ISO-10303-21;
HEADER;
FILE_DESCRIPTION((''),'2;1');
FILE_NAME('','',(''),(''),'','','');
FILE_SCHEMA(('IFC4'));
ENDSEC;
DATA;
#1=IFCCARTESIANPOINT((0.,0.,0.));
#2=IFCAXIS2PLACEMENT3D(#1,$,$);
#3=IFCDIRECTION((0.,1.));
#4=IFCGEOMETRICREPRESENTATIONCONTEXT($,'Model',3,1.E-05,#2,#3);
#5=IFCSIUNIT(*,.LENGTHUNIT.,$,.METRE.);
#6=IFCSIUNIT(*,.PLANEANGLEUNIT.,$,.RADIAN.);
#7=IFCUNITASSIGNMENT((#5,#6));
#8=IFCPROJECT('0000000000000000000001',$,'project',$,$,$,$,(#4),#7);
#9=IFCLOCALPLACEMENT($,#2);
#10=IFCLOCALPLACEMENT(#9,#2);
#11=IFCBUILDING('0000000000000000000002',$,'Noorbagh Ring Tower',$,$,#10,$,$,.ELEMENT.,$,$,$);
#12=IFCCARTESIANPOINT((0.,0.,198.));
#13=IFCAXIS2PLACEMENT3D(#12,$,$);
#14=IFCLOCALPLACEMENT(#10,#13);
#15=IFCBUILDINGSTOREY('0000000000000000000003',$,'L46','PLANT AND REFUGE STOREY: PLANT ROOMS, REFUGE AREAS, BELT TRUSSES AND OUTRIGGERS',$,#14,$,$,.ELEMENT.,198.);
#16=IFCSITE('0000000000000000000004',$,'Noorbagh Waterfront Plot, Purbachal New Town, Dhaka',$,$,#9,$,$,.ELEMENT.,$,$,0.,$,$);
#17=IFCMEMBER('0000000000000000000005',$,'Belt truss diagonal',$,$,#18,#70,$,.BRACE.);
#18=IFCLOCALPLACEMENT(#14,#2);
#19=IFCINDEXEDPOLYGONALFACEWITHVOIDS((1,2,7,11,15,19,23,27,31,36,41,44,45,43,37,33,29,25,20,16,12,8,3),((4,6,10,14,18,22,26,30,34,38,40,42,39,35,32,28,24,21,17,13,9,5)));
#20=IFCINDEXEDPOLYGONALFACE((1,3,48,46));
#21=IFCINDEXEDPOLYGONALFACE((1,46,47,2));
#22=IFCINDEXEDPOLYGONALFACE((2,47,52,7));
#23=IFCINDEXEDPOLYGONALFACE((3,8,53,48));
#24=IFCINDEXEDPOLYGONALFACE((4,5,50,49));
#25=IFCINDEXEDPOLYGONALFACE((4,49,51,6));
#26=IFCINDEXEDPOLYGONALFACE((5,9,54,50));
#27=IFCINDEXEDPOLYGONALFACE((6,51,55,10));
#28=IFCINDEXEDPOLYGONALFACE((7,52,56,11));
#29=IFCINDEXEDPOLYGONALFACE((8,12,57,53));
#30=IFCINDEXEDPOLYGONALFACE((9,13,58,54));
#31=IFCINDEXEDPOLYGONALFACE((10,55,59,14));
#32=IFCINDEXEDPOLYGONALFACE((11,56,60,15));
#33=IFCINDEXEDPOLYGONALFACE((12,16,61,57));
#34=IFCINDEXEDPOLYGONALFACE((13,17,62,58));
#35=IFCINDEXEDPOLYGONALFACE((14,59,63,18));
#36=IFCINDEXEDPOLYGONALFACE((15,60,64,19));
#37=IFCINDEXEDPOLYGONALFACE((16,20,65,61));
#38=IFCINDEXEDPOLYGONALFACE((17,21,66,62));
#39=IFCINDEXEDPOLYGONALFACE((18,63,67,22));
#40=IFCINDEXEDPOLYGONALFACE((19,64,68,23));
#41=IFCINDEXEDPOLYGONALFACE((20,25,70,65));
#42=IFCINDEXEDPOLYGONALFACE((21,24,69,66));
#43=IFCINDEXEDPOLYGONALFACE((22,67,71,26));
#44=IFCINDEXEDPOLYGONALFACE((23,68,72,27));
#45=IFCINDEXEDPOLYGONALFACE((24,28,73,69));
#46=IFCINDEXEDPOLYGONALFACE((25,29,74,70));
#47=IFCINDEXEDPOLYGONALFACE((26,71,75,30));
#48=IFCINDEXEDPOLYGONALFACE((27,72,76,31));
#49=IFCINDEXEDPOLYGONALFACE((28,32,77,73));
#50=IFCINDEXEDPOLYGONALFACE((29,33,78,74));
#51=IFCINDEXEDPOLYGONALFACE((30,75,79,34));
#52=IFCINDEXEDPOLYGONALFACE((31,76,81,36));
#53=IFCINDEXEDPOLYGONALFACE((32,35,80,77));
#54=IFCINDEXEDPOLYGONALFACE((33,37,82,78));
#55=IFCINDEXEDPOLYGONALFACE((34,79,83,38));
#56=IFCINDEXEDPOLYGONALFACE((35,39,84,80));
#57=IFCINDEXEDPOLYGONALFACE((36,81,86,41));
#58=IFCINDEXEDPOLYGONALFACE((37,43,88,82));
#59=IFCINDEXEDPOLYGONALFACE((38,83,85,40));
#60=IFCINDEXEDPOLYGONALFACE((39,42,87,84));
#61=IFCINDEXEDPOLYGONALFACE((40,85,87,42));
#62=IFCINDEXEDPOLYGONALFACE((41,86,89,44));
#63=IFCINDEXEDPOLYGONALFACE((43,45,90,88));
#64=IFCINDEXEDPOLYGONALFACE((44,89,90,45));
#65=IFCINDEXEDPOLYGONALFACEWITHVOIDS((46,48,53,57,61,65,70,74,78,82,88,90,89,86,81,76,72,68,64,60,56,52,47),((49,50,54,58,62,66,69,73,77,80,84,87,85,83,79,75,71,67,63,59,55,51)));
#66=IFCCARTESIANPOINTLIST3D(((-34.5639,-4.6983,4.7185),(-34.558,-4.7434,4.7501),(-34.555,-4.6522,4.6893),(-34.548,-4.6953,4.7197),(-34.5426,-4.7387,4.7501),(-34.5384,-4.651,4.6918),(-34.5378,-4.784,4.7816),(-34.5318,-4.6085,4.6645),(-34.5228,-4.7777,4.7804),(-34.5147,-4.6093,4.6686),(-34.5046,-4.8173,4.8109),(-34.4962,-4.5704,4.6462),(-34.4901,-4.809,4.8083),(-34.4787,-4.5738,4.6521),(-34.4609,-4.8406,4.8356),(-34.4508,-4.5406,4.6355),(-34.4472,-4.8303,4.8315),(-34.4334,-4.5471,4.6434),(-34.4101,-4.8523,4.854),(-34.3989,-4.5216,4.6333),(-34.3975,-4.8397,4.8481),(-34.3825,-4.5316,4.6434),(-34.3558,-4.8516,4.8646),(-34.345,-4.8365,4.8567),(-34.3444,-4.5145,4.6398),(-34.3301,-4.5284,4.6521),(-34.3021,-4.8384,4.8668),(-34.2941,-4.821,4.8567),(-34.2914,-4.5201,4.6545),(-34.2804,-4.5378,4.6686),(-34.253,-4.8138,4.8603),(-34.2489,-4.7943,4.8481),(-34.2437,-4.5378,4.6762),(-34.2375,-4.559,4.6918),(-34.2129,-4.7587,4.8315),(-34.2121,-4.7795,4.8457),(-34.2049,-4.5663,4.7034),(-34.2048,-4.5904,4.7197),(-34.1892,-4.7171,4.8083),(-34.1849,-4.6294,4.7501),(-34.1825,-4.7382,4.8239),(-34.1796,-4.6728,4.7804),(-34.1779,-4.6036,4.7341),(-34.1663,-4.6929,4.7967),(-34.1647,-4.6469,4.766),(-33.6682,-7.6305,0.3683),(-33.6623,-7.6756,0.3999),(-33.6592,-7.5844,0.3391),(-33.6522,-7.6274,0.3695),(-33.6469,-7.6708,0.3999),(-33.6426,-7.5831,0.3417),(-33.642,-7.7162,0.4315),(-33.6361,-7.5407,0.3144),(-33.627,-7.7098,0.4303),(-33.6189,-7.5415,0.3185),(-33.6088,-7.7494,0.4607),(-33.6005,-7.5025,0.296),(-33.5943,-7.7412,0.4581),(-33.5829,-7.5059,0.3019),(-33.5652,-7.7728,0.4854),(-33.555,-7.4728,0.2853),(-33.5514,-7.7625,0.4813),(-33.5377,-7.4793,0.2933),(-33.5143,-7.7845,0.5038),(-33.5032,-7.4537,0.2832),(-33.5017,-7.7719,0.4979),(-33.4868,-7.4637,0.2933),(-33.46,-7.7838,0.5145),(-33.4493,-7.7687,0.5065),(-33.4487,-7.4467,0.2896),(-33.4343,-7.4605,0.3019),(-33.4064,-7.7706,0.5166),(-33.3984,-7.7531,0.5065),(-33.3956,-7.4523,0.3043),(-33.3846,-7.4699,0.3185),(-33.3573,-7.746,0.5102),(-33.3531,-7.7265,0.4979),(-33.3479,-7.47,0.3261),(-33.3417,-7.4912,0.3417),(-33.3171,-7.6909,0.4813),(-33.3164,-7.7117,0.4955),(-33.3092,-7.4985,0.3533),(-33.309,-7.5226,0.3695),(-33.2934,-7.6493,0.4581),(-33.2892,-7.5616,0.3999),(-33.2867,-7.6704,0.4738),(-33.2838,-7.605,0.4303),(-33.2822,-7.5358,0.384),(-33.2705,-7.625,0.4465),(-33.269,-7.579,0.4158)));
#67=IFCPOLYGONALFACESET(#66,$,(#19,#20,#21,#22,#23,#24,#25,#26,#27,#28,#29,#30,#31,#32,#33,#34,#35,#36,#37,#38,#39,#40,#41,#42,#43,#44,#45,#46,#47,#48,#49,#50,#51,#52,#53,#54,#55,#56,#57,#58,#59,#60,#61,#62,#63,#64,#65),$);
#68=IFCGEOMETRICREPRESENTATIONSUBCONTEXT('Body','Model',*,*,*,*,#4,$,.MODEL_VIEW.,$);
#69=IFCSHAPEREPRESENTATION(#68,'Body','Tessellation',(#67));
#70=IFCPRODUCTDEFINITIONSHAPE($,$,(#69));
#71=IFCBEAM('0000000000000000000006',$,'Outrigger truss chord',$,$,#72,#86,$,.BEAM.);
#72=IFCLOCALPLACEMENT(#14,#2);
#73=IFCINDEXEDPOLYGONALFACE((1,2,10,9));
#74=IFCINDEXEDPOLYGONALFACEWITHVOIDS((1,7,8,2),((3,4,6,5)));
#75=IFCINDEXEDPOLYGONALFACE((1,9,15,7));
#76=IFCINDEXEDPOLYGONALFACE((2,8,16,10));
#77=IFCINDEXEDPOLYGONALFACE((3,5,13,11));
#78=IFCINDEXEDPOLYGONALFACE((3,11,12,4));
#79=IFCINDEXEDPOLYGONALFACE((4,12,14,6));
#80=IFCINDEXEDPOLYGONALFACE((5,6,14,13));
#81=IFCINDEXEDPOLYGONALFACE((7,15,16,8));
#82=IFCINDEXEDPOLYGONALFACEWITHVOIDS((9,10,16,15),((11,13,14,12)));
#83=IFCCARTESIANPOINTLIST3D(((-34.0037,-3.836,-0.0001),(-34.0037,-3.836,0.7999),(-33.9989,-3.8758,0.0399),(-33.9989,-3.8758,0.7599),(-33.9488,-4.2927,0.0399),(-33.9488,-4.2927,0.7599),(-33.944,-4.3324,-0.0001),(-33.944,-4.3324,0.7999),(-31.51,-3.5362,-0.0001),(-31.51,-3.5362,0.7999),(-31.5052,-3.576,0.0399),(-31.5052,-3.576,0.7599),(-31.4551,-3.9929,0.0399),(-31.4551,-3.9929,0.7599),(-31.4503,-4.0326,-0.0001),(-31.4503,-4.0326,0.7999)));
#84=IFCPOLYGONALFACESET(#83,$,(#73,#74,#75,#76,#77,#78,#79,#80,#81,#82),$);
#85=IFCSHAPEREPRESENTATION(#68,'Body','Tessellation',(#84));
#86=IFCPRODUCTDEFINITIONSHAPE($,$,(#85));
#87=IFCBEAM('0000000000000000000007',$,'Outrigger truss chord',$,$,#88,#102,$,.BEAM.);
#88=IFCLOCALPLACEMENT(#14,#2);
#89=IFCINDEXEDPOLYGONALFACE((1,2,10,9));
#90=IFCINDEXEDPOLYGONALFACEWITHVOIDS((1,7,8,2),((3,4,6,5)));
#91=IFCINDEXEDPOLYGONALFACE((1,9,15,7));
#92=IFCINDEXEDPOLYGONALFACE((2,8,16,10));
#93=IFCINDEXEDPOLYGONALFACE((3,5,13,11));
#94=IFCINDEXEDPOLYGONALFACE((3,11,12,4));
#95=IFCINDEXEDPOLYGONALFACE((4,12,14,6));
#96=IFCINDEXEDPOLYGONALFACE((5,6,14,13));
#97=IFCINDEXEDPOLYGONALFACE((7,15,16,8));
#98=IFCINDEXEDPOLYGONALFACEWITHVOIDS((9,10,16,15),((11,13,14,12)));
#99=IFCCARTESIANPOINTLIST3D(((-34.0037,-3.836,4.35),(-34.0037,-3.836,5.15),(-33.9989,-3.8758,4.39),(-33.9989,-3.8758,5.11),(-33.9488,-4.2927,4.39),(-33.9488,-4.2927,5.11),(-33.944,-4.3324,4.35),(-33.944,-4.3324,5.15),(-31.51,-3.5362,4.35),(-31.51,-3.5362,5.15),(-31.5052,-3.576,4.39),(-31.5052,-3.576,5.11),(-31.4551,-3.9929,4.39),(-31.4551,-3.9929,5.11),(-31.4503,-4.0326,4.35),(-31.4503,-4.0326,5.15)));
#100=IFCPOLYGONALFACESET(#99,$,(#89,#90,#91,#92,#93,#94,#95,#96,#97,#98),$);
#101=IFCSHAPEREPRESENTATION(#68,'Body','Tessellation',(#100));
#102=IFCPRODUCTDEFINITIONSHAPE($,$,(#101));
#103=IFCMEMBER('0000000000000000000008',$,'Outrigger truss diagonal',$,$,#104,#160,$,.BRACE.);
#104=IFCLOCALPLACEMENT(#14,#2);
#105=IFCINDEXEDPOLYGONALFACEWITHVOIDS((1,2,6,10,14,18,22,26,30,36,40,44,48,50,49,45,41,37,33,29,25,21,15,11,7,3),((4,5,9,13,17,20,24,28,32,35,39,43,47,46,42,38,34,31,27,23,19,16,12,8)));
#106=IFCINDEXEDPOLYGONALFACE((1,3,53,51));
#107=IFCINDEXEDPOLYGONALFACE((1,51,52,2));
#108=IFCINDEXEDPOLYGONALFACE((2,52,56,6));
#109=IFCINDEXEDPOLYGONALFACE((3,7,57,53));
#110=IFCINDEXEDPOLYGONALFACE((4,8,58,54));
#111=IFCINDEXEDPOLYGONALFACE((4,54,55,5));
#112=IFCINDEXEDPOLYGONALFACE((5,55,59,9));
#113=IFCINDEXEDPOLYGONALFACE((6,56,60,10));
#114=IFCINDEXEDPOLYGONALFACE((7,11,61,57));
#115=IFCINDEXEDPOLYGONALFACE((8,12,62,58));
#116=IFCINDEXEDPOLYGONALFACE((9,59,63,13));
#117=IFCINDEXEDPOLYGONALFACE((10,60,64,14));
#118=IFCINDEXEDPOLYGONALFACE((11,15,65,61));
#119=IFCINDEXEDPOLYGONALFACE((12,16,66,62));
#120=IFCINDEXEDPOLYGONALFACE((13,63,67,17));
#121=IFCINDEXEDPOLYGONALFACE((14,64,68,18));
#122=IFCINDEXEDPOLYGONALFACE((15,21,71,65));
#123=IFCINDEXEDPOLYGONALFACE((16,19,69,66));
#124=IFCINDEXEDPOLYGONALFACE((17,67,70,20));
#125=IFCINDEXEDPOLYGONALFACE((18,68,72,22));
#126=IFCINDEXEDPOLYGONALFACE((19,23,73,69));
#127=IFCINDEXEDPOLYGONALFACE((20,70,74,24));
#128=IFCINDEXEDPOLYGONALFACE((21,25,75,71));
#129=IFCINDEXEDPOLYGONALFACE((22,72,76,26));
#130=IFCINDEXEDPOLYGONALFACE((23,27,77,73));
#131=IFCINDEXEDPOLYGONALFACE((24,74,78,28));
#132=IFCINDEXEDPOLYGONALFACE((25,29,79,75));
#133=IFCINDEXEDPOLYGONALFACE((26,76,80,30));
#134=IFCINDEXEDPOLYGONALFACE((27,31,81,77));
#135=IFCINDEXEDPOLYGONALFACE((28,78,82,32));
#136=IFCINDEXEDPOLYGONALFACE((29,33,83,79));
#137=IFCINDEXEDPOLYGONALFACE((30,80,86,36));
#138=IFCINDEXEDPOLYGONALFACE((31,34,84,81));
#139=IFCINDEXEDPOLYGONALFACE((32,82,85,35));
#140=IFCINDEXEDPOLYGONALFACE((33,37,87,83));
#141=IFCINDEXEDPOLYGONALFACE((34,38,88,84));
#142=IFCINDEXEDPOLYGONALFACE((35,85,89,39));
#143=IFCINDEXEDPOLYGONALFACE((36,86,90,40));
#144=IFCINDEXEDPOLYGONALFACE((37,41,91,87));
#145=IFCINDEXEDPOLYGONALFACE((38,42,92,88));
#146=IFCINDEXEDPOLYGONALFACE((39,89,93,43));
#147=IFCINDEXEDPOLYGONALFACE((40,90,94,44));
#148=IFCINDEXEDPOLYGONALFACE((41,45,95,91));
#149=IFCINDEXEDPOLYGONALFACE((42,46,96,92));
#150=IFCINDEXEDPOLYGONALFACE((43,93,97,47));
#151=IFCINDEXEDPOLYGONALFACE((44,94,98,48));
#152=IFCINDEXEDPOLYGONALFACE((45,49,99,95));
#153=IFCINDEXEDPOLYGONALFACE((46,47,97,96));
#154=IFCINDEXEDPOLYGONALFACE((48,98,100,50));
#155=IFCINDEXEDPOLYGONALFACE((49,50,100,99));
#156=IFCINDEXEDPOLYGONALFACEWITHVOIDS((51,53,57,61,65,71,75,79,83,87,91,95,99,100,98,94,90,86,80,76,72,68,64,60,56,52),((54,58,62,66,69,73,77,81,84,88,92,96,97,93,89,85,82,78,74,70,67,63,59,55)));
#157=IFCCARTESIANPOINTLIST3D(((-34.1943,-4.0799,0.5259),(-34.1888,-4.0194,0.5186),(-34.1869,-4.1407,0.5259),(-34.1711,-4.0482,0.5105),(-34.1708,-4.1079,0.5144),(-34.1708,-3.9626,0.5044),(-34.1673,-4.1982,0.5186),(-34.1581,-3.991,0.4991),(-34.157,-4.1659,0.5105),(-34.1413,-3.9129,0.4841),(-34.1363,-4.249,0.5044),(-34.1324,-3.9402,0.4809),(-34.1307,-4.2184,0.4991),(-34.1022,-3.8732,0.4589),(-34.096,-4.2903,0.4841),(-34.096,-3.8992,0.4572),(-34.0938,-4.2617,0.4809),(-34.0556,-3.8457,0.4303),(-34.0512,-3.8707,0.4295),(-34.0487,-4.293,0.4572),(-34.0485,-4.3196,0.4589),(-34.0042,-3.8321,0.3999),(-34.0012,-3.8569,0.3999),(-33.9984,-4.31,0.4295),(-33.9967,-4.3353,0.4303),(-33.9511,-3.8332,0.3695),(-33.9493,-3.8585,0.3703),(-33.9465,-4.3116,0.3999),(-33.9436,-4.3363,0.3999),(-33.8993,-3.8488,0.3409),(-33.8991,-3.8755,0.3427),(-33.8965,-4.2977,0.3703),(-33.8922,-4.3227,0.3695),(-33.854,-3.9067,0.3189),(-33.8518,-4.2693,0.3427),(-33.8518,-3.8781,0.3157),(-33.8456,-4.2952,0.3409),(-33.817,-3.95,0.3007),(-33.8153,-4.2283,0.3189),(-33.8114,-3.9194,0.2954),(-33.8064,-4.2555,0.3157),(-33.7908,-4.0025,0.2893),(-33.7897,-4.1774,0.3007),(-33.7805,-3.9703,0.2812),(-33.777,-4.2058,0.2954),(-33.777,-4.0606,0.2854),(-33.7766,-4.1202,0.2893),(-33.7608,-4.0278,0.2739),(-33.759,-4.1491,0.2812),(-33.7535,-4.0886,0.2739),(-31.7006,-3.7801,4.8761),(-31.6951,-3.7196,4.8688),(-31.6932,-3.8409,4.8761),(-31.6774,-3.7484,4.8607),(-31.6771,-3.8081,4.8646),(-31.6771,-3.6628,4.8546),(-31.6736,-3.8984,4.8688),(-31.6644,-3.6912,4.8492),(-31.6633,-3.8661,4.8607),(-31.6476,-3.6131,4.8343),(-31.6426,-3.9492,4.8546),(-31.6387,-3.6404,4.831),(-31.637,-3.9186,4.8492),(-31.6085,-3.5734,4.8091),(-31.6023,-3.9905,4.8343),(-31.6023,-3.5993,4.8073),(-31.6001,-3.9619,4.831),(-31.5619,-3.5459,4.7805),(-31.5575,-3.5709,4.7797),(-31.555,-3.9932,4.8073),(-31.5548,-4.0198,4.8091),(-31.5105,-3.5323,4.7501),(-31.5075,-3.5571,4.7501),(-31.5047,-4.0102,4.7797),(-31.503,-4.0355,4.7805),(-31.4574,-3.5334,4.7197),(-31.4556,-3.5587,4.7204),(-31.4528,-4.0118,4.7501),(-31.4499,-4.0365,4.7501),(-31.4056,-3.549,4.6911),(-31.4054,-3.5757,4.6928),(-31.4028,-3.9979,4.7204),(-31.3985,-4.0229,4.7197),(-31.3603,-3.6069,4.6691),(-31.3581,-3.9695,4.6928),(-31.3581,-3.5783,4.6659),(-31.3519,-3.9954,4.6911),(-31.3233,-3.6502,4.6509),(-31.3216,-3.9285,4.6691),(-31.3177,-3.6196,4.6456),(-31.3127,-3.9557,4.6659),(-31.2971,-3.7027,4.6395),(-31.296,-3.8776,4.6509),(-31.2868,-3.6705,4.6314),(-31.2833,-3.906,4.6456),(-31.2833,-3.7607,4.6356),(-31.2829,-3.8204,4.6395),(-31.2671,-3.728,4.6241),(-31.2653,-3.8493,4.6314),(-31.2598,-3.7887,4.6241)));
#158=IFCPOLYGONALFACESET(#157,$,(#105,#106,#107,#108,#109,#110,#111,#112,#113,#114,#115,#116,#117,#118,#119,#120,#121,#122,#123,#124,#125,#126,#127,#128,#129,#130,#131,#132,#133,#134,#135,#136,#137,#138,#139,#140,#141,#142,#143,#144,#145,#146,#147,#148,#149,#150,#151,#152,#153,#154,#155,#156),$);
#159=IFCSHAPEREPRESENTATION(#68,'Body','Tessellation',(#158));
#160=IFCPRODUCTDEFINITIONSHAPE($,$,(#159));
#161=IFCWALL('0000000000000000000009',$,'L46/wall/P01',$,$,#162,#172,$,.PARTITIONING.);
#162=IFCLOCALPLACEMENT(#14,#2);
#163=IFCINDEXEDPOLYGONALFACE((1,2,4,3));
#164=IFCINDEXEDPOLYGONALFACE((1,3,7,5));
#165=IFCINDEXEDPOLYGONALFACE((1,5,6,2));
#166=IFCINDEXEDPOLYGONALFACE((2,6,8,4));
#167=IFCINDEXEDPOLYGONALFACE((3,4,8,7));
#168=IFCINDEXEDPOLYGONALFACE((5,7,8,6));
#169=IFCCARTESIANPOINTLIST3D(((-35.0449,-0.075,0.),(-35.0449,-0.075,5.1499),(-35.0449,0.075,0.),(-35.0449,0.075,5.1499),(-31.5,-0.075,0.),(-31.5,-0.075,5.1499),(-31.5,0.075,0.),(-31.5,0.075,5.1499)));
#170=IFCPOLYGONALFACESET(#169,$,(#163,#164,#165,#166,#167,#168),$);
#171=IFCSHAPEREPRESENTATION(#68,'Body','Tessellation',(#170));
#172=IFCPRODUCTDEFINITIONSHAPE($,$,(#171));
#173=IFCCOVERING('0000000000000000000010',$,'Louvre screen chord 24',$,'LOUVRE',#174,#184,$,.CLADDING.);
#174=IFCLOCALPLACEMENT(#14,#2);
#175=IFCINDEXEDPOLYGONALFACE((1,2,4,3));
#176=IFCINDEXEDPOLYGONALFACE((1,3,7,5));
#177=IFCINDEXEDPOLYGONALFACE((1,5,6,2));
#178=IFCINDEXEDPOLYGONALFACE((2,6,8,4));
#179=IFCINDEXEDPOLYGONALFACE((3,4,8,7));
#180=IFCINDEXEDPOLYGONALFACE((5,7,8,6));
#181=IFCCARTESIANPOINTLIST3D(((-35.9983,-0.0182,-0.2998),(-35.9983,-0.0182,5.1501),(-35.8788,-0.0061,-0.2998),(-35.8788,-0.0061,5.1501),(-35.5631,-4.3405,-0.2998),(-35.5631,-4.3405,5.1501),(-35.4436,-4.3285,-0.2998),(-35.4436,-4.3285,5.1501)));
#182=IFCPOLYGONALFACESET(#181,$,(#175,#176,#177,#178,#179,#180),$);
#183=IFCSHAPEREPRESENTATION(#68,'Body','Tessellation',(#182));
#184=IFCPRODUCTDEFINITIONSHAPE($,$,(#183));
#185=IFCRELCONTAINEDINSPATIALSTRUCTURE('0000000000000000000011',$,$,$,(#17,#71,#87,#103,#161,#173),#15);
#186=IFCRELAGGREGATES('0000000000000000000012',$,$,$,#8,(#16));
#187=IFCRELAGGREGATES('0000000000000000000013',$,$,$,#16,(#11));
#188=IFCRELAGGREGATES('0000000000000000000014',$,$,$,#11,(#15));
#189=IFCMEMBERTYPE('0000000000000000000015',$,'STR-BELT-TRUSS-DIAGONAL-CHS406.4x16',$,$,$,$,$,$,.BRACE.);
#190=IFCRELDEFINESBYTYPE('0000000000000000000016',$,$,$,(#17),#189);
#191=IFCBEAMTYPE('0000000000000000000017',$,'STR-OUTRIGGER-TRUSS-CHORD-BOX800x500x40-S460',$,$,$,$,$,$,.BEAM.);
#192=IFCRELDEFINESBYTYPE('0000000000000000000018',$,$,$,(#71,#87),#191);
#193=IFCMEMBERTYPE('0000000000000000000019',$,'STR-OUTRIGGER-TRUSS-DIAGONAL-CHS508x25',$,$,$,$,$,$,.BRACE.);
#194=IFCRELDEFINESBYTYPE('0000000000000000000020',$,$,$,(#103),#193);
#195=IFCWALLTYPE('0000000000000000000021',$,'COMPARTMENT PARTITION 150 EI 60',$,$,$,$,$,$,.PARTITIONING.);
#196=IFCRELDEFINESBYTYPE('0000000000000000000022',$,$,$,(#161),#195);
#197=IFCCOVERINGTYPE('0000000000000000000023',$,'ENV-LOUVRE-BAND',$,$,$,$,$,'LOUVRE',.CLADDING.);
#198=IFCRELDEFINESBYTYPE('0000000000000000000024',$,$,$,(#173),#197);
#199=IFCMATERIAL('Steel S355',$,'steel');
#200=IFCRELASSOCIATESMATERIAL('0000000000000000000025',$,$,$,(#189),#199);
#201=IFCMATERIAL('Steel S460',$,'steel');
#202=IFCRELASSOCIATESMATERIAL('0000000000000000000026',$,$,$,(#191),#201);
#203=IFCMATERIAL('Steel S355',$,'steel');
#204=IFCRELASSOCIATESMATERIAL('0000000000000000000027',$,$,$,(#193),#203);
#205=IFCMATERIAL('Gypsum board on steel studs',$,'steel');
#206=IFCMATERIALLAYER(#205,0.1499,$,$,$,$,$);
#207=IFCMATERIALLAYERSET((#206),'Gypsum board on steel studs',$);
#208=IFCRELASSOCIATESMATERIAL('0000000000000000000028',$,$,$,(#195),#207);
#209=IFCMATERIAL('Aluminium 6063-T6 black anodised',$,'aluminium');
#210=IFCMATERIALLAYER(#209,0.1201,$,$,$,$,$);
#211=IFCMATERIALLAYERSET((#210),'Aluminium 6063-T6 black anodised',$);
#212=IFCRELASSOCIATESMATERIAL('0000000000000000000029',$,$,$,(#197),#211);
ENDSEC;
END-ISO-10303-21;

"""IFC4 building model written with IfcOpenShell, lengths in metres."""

from ifc_helpers import new_model, si_unit, direction, frame, frame_2d, origin, origin_2d, place, context, subcontext, project, spatial, rectangle, hollow_rectangle, hollow_circle, extrude, material, layer, layer_set, material_profile, profile_set, type_object, element, save


model = new_model("IFC4")

# Units and contexts
model_context = context("Model", 3, precision=1e-05, world=origin(), true_north=direction((0.0, 1.0)))
body_context = subcontext(model_context, "Body", "Model", "MODEL_VIEW")
ifc_project = project(units=[si_unit("LENGTHUNIT", "METRE"), si_unit("PLANEANGLEUNIT", "RADIAN")], contexts=[model_context])

# Site, building, storey
site_placement = place(None, origin())
site = spatial("IfcSite", under=ifc_project, at=site_placement, Name="Noorbagh Waterfront Plot, Purbachal New Town, Dhaka", CompositionType="ELEMENT", RefElevation=0.0)
building_placement = place(site_placement, origin())
building = spatial("IfcBuilding", under=site, at=building_placement, Name="Noorbagh Ring Tower", CompositionType="ELEMENT")
storey_placement = place(building_placement, frame((0.0, 0.0, 198.0)))
storey = spatial("IfcBuildingStorey", under=building, at=storey_placement, Name="L46", Description="PLANT AND REFUGE STOREY: PLANT ROOMS, REFUGE AREAS, BELT TRUSSES AND OUTRIGGERS", CompositionType="ELEMENT", Elevation=198.0)

# Member
ifc_material_1 = material(Name="Steel S355", Category="steel")
ifc_material_profile_1 = material_profile(ifc_material_1, hollow_circle(Radius=0.2031, WallThickness=0.0161, at=origin_2d()), Name="CHS406.4x16")
ifc_profile_set_1 = profile_set([ifc_material_profile_1], Name="Steel S355")
member_type_1 = type_object("IfcMemberType", Name="STR-BELT-TRUSS-DIAGONAL-CHS406.4x16", PredefinedType="BRACE", material=ifc_profile_set_1)
member_1_placement = place(storey_placement, frame((-33.468, -7.6162, 0.3999), z_axis=(-0.168313, 0.550951, 0.817389), x_axis=(-0.956368, -0.292166, 0.0)))
element("IfcMember", 1, at=member_1_placement, inside=storey, type_object=member_type_1, Name="Belt truss diagonal", PredefinedType="BRACE", context=body_context, shape_type="SweptSolid", body=[
    extrude(hollow_circle(Radius=0.2031, WallThickness=0.0161, at=origin_2d()), origin(), (0.0, 0.0, 1.0), 5.322),
])

# Beams
ifc_material_2 = material(Name="Steel S460", Category="steel")
ifc_material_profile_2 = material_profile(ifc_material_2, hollow_rectangle(XDim=0.5, YDim=0.8, WallThickness=0.04, at=origin_2d()), Name="BOX800x500x40")
ifc_profile_set_2 = profile_set([ifc_material_profile_2], Name="Steel S460")
beam_type_1 = type_object("IfcBeamType", Name="STR-OUTRIGGER-TRUSS-CHORD-BOX800x500x40-S460", PredefinedType="BEAM", material=ifc_profile_set_2)
for number, where, z_axis, x_axis, name in (
    (2, (-33.9739, -4.0842, 0.3999), (0.99285, 0.119368, 0.0), (-0.119368, 0.99285, 0.0), "Outrigger truss chord"),
    (3, (-33.9739, -4.0842, 4.75), (0.99285, 0.119368, 0.0), (-0.119368, 0.99285, 0.0), "Outrigger truss chord"),
):
    element("IfcBeam", number, at=place(storey_placement, frame(where, z_axis=z_axis, x_axis=x_axis)), inside=storey, type_object=beam_type_1, Name=name, PredefinedType="BEAM", context=body_context, shape_type="SweptSolid", body=[
        extrude(hollow_rectangle(XDim=0.5, YDim=0.8, WallThickness=0.04, at=origin_2d()), origin(), (0.0, 0.0, 1.0), 2.5117),
    ])

# Member
ifc_material_3 = material(Name="Steel S355", Category="steel")
ifc_material_profile_3 = material_profile(ifc_material_3, hollow_circle(Radius=0.2539, WallThickness=0.0249, at=origin_2d()), Name="CHS508x25")
ifc_profile_set_3 = profile_set([ifc_material_profile_3], Name="Steel S355")
member_type_2 = type_object("IfcMemberType", Name="STR-OUTRIGGER-TRUSS-DIAGONAL-CHS508x25", PredefinedType="BRACE", material=ifc_profile_set_3)
member_2_placement = place(storey_placement, frame((-33.9739, -4.0842, 0.3999), z_axis=(0.496437, 0.059685, 0.866019), x_axis=(-0.119368, 0.99285, 0.0)))
element("IfcMember", 4, at=member_2_placement, inside=storey, type_object=member_type_2, Name="Outrigger truss diagonal", PredefinedType="BRACE", context=body_context, shape_type="SweptSolid", body=[
    extrude(hollow_circle(Radius=0.2539, WallThickness=0.0249, at=origin_2d()), origin(), (0.0, 0.0, 1.0), 5.0232),
])

# Wall
ifc_material_4 = material(Name="Gypsum board on steel studs", Category="steel")
ifc_layer_1 = layer(ifc_material_4, 0.1499)
ifc_layer_set_1 = layer_set([ifc_layer_1], Name="Gypsum board on steel studs")
wall_type = type_object("IfcWallType", Name="COMPARTMENT PARTITION 150 EI 60", PredefinedType="PARTITIONING", material=ifc_layer_set_1)
wall_placement = place(storey_placement, frame((-35.0449, 0.0, 0.0), z_axis=(0.0, 0.0, 1.0), x_axis=(1.0, 0.0, 0.0)))
element("IfcWall", 5, at=wall_placement, inside=storey, type_object=wall_type, Name="L46/wall/P01", PredefinedType="PARTITIONING", context=body_context, shape_type="SweptSolid", body=[
    extrude(rectangle(XDim=3.5449, YDim=0.1499, at=frame_2d((1.7725, 0.0))), origin(), (0.0, 0.0, 1.0), 5.1499),
])

# Covering
ifc_material_5 = material(Name="Aluminium 6063-T6 black anodised", Category="aluminium")
ifc_layer_2 = layer(ifc_material_5, 0.1201)
ifc_layer_set_2 = layer_set([ifc_layer_2], Name="Aluminium 6063-T6 black anodised")
covering_type_1 = type_object("IfcCoveringType", Name="ENV-LOUVRE-BAND", ElementType="LOUVRE", PredefinedType="CLADDING", material=ifc_layer_set_2)
covering_1_placement = place(storey_placement, frame((-35.7209, -2.1733, -0.2998), z_axis=(0.0, 0.0, 1.0), x_axis=(0.100178, -0.99497, 0.0)))
element("IfcCovering", 6, at=covering_1_placement, inside=storey, type_object=covering_type_1, Name="Louvre screen chord 24", ObjectType="LOUVRE", PredefinedType="CLADDING", context=body_context, shape_type="SweptSolid", body=[
    extrude(rectangle(XDim=4.3442, YDim=0.1201, at=origin_2d()), origin(), (0.0, 0.0, 1.0), 5.45),
])

save(model, "model.ifc")
